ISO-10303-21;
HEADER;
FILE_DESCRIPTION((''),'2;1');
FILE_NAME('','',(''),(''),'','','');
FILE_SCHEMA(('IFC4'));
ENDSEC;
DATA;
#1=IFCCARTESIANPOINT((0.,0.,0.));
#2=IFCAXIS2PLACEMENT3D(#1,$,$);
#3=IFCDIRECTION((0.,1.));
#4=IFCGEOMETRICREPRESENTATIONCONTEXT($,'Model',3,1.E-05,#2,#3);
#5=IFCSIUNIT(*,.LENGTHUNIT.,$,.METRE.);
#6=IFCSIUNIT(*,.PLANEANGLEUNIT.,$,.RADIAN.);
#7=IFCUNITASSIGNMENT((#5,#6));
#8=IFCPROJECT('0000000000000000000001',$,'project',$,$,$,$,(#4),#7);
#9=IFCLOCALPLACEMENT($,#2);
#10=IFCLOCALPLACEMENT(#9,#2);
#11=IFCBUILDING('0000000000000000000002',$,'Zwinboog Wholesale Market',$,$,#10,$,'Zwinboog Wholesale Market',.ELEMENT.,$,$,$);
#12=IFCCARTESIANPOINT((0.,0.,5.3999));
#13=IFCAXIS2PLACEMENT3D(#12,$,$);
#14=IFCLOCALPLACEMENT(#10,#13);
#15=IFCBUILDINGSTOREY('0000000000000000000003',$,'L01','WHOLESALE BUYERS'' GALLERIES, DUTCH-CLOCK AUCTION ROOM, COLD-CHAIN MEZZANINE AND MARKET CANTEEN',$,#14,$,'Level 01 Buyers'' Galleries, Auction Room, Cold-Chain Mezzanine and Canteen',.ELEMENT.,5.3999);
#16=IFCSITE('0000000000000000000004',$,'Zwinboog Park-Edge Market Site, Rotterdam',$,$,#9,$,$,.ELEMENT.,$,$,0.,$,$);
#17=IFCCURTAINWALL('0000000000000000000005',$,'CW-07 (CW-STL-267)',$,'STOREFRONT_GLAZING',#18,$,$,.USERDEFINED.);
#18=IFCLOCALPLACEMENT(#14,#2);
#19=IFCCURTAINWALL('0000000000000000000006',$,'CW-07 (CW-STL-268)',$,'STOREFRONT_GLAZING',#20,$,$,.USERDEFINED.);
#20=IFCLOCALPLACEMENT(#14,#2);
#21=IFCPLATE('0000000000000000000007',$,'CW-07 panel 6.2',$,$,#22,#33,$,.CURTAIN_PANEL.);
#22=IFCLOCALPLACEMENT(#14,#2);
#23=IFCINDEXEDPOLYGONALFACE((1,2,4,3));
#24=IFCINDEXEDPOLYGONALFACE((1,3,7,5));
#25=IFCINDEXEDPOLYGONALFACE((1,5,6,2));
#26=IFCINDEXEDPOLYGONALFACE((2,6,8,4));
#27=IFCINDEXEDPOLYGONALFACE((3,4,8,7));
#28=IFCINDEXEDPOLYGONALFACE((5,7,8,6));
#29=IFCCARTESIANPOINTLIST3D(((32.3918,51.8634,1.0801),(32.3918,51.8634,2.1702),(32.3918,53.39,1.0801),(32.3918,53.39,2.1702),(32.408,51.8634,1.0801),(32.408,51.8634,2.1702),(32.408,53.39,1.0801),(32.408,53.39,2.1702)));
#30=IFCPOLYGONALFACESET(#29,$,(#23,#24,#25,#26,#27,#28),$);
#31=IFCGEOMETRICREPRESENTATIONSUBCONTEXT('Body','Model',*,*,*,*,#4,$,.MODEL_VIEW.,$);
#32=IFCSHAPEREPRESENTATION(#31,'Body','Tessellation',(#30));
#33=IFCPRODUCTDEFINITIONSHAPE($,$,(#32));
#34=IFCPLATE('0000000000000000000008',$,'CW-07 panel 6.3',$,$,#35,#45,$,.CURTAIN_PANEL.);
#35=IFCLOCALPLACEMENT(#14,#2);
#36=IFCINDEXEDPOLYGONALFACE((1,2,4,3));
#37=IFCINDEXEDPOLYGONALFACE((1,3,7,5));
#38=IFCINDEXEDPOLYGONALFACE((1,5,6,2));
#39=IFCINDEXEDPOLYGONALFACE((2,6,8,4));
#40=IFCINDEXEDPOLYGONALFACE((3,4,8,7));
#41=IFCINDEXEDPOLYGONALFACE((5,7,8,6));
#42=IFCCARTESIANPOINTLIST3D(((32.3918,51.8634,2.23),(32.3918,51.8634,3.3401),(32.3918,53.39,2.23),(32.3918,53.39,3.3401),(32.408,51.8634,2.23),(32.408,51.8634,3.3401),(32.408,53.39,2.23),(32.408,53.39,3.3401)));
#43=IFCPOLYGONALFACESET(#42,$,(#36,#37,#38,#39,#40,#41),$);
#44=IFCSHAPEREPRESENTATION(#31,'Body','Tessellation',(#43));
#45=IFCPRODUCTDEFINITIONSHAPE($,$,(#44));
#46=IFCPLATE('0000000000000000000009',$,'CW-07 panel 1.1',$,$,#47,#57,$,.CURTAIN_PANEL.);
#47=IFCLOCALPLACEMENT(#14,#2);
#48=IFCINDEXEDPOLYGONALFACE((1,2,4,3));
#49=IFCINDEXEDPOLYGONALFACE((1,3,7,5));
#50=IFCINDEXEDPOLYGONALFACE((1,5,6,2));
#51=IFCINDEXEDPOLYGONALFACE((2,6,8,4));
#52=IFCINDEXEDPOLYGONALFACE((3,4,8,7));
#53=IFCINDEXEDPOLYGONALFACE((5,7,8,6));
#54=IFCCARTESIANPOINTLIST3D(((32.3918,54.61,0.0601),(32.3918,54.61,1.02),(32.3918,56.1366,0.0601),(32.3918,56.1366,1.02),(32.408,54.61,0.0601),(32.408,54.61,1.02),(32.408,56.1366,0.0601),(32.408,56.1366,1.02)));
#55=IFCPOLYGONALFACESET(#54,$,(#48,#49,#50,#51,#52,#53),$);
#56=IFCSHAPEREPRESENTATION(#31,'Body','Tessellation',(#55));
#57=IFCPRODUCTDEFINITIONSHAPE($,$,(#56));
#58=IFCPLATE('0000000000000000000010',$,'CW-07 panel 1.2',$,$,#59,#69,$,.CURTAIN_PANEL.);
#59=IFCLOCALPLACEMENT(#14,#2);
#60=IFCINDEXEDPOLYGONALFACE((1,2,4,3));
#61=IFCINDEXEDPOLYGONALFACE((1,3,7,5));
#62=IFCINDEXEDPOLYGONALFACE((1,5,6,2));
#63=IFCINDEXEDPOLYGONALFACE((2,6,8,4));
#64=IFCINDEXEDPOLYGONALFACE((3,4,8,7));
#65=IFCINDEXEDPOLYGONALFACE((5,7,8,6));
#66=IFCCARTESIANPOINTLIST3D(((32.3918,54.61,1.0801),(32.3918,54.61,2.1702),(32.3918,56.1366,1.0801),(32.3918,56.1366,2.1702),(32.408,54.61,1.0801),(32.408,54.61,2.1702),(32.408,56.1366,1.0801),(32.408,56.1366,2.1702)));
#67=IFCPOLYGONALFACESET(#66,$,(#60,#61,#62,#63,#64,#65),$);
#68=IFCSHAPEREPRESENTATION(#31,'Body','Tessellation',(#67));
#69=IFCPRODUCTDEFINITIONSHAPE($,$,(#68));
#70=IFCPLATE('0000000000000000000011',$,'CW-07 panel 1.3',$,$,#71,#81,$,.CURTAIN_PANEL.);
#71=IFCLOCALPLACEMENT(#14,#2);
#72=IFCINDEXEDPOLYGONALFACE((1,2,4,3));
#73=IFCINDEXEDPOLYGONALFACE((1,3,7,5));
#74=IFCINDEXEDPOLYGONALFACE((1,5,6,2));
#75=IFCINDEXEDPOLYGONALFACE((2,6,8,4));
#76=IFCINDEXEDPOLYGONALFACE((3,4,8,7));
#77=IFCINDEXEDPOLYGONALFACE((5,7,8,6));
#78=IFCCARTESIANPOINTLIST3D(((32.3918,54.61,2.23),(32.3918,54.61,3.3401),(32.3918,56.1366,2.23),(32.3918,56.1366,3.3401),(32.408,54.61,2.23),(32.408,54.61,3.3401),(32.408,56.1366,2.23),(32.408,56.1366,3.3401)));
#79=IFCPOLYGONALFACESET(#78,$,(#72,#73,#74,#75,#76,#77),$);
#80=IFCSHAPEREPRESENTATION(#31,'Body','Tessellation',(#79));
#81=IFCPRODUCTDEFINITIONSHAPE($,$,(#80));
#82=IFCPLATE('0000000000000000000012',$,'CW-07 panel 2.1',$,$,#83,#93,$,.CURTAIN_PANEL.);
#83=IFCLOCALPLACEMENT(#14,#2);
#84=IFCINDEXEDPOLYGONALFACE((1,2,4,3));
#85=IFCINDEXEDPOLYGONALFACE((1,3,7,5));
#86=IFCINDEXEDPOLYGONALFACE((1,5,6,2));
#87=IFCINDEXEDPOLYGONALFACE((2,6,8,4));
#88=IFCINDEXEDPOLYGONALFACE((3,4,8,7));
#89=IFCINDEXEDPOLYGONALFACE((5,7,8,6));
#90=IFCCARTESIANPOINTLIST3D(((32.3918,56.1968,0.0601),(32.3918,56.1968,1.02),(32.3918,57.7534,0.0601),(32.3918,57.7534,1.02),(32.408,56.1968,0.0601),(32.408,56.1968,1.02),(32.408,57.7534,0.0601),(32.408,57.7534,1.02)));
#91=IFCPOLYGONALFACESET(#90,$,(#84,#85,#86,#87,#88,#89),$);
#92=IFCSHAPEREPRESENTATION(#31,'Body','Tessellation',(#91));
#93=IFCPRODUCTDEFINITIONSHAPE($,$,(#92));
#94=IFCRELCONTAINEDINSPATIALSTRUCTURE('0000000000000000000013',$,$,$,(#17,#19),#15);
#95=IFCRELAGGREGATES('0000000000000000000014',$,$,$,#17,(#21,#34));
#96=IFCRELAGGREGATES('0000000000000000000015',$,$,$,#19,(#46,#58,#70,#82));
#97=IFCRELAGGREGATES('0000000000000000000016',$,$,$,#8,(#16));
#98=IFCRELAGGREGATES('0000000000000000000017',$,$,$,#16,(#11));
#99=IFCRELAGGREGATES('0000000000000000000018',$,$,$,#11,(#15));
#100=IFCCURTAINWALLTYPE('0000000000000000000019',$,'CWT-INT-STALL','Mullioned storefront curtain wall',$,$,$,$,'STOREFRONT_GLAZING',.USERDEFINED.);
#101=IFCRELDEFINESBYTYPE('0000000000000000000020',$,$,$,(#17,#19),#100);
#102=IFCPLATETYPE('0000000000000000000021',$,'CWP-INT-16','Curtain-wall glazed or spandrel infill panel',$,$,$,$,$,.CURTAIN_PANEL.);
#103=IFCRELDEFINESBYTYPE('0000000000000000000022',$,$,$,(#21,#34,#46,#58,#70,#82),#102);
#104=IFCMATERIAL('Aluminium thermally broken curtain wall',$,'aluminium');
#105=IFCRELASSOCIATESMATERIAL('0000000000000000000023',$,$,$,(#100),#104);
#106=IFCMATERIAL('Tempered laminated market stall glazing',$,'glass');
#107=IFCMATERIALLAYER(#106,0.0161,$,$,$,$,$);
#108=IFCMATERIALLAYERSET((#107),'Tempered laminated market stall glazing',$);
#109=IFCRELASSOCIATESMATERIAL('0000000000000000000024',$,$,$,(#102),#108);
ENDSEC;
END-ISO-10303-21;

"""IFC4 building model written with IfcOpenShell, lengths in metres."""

from ifc_helpers import new_model, si_unit, direction, frame, origin, origin_2d, place, context, subcontext, project, spatial, rectangle, extrude, material, layer, layer_set, type_object, element, aggregate, save


model = new_model("IFC4")

# Units and contexts
model_context = context("Model", 3, precision=1e-05, world=origin(), true_north=direction((0.0, 1.0)))
body_context = subcontext(model_context, "Body", "Model", "MODEL_VIEW")
ifc_project = project(units=[si_unit("LENGTHUNIT", "METRE"), si_unit("PLANEANGLEUNIT", "RADIAN")], contexts=[model_context])

# Site, building, storey
site_placement = place(None, origin())
site = spatial("IfcSite", under=ifc_project, at=site_placement, Name="Zwinboog Park-Edge Market Site, Rotterdam", CompositionType="ELEMENT", RefElevation=0.0)
building_placement = place(site_placement, origin())
building = spatial("IfcBuilding", under=site, at=building_placement, Name="Zwinboog Wholesale Market", LongName="Zwinboog Wholesale Market", CompositionType="ELEMENT")
storey_placement = place(building_placement, frame((0.0, 0.0, 5.3999)))
storey = spatial("IfcBuildingStorey", under=building, at=storey_placement, Name="L01", Description="WHOLESALE BUYERS' GALLERIES, DUTCH-CLOCK AUCTION ROOM, COLD-CHAIN MEZZANINE AND MARKET CANTEEN", LongName="Level 01 Buyers' Galleries, Auction Room, Cold-Chain Mezzanine and Canteen", CompositionType="ELEMENT", Elevation=5.3999)

# Curtain wall
ifc_material_1 = material(Name="Aluminium thermally broken curtain wall", Category="aluminium")
curtain_wall_type = type_object("IfcCurtainWallType", Name="CWT-INT-STALL", Description="Mullioned storefront curtain wall", ElementType="STOREFRONT_GLAZING", PredefinedType="USERDEFINED", material=ifc_material_1)
curtain_wall_1_placement = place(storey_placement, origin())
curtain_wall_1 = element("IfcCurtainWall", 1, at=curtain_wall_1_placement, inside=storey, type_object=curtain_wall_type, Name="CW-07 (CW-STL-267)", ObjectType="STOREFRONT_GLAZING", PredefinedType="USERDEFINED")

# Curtain wall
curtain_wall_2_placement = place(storey_placement, origin())
curtain_wall_2 = element("IfcCurtainWall", 2, at=curtain_wall_2_placement, inside=storey, type_object=curtain_wall_type, Name="CW-07 (CW-STL-268)", ObjectType="STOREFRONT_GLAZING", PredefinedType="USERDEFINED")

# Plates
ifc_material_2 = material(Name="Tempered laminated market stall glazing", Category="glass")
ifc_layer = layer(ifc_material_2, 0.0161)
ifc_layer_set = layer_set([ifc_layer], Name="Tempered laminated market stall glazing")
plate_type = type_object("IfcPlateType", Name="CWP-INT-16", Description="Curtain-wall glazed or spandrel infill panel", PredefinedType="CURTAIN_PANEL", material=ifc_layer_set)
plate_1_placement = place(storey_placement, frame((32.3999, 52.6267, 1.0801), z_axis=(0.0, 0.0, 1.0), x_axis=(0.0, 1.0, 0.0)))
plate_1 = element("IfcPlate", 3, at=plate_1_placement, type_object=plate_type, Name="CW-07 panel 6.2", PredefinedType="CURTAIN_PANEL", context=body_context, shape_type="SweptSolid", body=[
    extrude(rectangle(XDim=1.5266, YDim=0.0161, at=origin_2d()), origin(), (0.0, 0.0, 1.0), 1.0901),
])
plate_2_placement = place(storey_placement, frame((32.3999, 52.6267, 2.23), z_axis=(0.0, 0.0, 1.0), x_axis=(0.0, 1.0, 0.0)))
plate_2 = element("IfcPlate", 4, at=plate_2_placement, type_object=plate_type, Name="CW-07 panel 6.3", PredefinedType="CURTAIN_PANEL", context=body_context, shape_type="SweptSolid", body=[
    extrude(rectangle(XDim=1.5266, YDim=0.0161, at=origin_2d()), origin(), (0.0, 0.0, 1.0), 1.1101),
])
aggregate(curtain_wall_1, [plate_1, plate_2])
plate_3_placement = place(storey_placement, frame((32.3999, 55.3733, 0.0601), z_axis=(0.0, 0.0, 1.0), x_axis=(0.0, 1.0, 0.0)))
plate_3 = element("IfcPlate", 5, at=plate_3_placement, type_object=plate_type, Name="CW-07 panel 1.1", PredefinedType="CURTAIN_PANEL", context=body_context, shape_type="SweptSolid", body=[
    extrude(rectangle(XDim=1.5266, YDim=0.0161, at=origin_2d()), origin(), (0.0, 0.0, 1.0), 0.96),
])
plate_4_placement = place(storey_placement, frame((32.3999, 55.3733, 1.0801), z_axis=(0.0, 0.0, 1.0), x_axis=(0.0, 1.0, 0.0)))
plate_4 = element("IfcPlate", 6, at=plate_4_placement, type_object=plate_type, Name="CW-07 panel 1.2", PredefinedType="CURTAIN_PANEL", context=body_context, shape_type="SweptSolid", body=[
    extrude(rectangle(XDim=1.5266, YDim=0.0161, at=origin_2d()), origin(), (0.0, 0.0, 1.0), 1.0901),
])
plate_5_placement = place(storey_placement, frame((32.3999, 55.3733, 2.23), z_axis=(0.0, 0.0, 1.0), x_axis=(0.0, 1.0, 0.0)))
plate_5 = element("IfcPlate", 7, at=plate_5_placement, type_object=plate_type, Name="CW-07 panel 1.3", PredefinedType="CURTAIN_PANEL", context=body_context, shape_type="SweptSolid", body=[
    extrude(rectangle(XDim=1.5266, YDim=0.0161, at=origin_2d()), origin(), (0.0, 0.0, 1.0), 1.1101),
])
plate_6_placement = place(storey_placement, frame((32.3999, 56.9751, 0.0601), z_axis=(0.0, 0.0, 1.0), x_axis=(0.0, 1.0, 0.0)))
plate_6 = element("IfcPlate", 8, at=plate_6_placement, type_object=plate_type, Name="CW-07 panel 2.1", PredefinedType="CURTAIN_PANEL", context=body_context, shape_type="SweptSolid", body=[
    extrude(rectangle(XDim=1.5566, YDim=0.0161, at=origin_2d()), origin(), (0.0, 0.0, 1.0), 0.96),
])
aggregate(curtain_wall_2, [plate_3, plate_4, plate_5, plate_6])

save(model, "model.ifc")
